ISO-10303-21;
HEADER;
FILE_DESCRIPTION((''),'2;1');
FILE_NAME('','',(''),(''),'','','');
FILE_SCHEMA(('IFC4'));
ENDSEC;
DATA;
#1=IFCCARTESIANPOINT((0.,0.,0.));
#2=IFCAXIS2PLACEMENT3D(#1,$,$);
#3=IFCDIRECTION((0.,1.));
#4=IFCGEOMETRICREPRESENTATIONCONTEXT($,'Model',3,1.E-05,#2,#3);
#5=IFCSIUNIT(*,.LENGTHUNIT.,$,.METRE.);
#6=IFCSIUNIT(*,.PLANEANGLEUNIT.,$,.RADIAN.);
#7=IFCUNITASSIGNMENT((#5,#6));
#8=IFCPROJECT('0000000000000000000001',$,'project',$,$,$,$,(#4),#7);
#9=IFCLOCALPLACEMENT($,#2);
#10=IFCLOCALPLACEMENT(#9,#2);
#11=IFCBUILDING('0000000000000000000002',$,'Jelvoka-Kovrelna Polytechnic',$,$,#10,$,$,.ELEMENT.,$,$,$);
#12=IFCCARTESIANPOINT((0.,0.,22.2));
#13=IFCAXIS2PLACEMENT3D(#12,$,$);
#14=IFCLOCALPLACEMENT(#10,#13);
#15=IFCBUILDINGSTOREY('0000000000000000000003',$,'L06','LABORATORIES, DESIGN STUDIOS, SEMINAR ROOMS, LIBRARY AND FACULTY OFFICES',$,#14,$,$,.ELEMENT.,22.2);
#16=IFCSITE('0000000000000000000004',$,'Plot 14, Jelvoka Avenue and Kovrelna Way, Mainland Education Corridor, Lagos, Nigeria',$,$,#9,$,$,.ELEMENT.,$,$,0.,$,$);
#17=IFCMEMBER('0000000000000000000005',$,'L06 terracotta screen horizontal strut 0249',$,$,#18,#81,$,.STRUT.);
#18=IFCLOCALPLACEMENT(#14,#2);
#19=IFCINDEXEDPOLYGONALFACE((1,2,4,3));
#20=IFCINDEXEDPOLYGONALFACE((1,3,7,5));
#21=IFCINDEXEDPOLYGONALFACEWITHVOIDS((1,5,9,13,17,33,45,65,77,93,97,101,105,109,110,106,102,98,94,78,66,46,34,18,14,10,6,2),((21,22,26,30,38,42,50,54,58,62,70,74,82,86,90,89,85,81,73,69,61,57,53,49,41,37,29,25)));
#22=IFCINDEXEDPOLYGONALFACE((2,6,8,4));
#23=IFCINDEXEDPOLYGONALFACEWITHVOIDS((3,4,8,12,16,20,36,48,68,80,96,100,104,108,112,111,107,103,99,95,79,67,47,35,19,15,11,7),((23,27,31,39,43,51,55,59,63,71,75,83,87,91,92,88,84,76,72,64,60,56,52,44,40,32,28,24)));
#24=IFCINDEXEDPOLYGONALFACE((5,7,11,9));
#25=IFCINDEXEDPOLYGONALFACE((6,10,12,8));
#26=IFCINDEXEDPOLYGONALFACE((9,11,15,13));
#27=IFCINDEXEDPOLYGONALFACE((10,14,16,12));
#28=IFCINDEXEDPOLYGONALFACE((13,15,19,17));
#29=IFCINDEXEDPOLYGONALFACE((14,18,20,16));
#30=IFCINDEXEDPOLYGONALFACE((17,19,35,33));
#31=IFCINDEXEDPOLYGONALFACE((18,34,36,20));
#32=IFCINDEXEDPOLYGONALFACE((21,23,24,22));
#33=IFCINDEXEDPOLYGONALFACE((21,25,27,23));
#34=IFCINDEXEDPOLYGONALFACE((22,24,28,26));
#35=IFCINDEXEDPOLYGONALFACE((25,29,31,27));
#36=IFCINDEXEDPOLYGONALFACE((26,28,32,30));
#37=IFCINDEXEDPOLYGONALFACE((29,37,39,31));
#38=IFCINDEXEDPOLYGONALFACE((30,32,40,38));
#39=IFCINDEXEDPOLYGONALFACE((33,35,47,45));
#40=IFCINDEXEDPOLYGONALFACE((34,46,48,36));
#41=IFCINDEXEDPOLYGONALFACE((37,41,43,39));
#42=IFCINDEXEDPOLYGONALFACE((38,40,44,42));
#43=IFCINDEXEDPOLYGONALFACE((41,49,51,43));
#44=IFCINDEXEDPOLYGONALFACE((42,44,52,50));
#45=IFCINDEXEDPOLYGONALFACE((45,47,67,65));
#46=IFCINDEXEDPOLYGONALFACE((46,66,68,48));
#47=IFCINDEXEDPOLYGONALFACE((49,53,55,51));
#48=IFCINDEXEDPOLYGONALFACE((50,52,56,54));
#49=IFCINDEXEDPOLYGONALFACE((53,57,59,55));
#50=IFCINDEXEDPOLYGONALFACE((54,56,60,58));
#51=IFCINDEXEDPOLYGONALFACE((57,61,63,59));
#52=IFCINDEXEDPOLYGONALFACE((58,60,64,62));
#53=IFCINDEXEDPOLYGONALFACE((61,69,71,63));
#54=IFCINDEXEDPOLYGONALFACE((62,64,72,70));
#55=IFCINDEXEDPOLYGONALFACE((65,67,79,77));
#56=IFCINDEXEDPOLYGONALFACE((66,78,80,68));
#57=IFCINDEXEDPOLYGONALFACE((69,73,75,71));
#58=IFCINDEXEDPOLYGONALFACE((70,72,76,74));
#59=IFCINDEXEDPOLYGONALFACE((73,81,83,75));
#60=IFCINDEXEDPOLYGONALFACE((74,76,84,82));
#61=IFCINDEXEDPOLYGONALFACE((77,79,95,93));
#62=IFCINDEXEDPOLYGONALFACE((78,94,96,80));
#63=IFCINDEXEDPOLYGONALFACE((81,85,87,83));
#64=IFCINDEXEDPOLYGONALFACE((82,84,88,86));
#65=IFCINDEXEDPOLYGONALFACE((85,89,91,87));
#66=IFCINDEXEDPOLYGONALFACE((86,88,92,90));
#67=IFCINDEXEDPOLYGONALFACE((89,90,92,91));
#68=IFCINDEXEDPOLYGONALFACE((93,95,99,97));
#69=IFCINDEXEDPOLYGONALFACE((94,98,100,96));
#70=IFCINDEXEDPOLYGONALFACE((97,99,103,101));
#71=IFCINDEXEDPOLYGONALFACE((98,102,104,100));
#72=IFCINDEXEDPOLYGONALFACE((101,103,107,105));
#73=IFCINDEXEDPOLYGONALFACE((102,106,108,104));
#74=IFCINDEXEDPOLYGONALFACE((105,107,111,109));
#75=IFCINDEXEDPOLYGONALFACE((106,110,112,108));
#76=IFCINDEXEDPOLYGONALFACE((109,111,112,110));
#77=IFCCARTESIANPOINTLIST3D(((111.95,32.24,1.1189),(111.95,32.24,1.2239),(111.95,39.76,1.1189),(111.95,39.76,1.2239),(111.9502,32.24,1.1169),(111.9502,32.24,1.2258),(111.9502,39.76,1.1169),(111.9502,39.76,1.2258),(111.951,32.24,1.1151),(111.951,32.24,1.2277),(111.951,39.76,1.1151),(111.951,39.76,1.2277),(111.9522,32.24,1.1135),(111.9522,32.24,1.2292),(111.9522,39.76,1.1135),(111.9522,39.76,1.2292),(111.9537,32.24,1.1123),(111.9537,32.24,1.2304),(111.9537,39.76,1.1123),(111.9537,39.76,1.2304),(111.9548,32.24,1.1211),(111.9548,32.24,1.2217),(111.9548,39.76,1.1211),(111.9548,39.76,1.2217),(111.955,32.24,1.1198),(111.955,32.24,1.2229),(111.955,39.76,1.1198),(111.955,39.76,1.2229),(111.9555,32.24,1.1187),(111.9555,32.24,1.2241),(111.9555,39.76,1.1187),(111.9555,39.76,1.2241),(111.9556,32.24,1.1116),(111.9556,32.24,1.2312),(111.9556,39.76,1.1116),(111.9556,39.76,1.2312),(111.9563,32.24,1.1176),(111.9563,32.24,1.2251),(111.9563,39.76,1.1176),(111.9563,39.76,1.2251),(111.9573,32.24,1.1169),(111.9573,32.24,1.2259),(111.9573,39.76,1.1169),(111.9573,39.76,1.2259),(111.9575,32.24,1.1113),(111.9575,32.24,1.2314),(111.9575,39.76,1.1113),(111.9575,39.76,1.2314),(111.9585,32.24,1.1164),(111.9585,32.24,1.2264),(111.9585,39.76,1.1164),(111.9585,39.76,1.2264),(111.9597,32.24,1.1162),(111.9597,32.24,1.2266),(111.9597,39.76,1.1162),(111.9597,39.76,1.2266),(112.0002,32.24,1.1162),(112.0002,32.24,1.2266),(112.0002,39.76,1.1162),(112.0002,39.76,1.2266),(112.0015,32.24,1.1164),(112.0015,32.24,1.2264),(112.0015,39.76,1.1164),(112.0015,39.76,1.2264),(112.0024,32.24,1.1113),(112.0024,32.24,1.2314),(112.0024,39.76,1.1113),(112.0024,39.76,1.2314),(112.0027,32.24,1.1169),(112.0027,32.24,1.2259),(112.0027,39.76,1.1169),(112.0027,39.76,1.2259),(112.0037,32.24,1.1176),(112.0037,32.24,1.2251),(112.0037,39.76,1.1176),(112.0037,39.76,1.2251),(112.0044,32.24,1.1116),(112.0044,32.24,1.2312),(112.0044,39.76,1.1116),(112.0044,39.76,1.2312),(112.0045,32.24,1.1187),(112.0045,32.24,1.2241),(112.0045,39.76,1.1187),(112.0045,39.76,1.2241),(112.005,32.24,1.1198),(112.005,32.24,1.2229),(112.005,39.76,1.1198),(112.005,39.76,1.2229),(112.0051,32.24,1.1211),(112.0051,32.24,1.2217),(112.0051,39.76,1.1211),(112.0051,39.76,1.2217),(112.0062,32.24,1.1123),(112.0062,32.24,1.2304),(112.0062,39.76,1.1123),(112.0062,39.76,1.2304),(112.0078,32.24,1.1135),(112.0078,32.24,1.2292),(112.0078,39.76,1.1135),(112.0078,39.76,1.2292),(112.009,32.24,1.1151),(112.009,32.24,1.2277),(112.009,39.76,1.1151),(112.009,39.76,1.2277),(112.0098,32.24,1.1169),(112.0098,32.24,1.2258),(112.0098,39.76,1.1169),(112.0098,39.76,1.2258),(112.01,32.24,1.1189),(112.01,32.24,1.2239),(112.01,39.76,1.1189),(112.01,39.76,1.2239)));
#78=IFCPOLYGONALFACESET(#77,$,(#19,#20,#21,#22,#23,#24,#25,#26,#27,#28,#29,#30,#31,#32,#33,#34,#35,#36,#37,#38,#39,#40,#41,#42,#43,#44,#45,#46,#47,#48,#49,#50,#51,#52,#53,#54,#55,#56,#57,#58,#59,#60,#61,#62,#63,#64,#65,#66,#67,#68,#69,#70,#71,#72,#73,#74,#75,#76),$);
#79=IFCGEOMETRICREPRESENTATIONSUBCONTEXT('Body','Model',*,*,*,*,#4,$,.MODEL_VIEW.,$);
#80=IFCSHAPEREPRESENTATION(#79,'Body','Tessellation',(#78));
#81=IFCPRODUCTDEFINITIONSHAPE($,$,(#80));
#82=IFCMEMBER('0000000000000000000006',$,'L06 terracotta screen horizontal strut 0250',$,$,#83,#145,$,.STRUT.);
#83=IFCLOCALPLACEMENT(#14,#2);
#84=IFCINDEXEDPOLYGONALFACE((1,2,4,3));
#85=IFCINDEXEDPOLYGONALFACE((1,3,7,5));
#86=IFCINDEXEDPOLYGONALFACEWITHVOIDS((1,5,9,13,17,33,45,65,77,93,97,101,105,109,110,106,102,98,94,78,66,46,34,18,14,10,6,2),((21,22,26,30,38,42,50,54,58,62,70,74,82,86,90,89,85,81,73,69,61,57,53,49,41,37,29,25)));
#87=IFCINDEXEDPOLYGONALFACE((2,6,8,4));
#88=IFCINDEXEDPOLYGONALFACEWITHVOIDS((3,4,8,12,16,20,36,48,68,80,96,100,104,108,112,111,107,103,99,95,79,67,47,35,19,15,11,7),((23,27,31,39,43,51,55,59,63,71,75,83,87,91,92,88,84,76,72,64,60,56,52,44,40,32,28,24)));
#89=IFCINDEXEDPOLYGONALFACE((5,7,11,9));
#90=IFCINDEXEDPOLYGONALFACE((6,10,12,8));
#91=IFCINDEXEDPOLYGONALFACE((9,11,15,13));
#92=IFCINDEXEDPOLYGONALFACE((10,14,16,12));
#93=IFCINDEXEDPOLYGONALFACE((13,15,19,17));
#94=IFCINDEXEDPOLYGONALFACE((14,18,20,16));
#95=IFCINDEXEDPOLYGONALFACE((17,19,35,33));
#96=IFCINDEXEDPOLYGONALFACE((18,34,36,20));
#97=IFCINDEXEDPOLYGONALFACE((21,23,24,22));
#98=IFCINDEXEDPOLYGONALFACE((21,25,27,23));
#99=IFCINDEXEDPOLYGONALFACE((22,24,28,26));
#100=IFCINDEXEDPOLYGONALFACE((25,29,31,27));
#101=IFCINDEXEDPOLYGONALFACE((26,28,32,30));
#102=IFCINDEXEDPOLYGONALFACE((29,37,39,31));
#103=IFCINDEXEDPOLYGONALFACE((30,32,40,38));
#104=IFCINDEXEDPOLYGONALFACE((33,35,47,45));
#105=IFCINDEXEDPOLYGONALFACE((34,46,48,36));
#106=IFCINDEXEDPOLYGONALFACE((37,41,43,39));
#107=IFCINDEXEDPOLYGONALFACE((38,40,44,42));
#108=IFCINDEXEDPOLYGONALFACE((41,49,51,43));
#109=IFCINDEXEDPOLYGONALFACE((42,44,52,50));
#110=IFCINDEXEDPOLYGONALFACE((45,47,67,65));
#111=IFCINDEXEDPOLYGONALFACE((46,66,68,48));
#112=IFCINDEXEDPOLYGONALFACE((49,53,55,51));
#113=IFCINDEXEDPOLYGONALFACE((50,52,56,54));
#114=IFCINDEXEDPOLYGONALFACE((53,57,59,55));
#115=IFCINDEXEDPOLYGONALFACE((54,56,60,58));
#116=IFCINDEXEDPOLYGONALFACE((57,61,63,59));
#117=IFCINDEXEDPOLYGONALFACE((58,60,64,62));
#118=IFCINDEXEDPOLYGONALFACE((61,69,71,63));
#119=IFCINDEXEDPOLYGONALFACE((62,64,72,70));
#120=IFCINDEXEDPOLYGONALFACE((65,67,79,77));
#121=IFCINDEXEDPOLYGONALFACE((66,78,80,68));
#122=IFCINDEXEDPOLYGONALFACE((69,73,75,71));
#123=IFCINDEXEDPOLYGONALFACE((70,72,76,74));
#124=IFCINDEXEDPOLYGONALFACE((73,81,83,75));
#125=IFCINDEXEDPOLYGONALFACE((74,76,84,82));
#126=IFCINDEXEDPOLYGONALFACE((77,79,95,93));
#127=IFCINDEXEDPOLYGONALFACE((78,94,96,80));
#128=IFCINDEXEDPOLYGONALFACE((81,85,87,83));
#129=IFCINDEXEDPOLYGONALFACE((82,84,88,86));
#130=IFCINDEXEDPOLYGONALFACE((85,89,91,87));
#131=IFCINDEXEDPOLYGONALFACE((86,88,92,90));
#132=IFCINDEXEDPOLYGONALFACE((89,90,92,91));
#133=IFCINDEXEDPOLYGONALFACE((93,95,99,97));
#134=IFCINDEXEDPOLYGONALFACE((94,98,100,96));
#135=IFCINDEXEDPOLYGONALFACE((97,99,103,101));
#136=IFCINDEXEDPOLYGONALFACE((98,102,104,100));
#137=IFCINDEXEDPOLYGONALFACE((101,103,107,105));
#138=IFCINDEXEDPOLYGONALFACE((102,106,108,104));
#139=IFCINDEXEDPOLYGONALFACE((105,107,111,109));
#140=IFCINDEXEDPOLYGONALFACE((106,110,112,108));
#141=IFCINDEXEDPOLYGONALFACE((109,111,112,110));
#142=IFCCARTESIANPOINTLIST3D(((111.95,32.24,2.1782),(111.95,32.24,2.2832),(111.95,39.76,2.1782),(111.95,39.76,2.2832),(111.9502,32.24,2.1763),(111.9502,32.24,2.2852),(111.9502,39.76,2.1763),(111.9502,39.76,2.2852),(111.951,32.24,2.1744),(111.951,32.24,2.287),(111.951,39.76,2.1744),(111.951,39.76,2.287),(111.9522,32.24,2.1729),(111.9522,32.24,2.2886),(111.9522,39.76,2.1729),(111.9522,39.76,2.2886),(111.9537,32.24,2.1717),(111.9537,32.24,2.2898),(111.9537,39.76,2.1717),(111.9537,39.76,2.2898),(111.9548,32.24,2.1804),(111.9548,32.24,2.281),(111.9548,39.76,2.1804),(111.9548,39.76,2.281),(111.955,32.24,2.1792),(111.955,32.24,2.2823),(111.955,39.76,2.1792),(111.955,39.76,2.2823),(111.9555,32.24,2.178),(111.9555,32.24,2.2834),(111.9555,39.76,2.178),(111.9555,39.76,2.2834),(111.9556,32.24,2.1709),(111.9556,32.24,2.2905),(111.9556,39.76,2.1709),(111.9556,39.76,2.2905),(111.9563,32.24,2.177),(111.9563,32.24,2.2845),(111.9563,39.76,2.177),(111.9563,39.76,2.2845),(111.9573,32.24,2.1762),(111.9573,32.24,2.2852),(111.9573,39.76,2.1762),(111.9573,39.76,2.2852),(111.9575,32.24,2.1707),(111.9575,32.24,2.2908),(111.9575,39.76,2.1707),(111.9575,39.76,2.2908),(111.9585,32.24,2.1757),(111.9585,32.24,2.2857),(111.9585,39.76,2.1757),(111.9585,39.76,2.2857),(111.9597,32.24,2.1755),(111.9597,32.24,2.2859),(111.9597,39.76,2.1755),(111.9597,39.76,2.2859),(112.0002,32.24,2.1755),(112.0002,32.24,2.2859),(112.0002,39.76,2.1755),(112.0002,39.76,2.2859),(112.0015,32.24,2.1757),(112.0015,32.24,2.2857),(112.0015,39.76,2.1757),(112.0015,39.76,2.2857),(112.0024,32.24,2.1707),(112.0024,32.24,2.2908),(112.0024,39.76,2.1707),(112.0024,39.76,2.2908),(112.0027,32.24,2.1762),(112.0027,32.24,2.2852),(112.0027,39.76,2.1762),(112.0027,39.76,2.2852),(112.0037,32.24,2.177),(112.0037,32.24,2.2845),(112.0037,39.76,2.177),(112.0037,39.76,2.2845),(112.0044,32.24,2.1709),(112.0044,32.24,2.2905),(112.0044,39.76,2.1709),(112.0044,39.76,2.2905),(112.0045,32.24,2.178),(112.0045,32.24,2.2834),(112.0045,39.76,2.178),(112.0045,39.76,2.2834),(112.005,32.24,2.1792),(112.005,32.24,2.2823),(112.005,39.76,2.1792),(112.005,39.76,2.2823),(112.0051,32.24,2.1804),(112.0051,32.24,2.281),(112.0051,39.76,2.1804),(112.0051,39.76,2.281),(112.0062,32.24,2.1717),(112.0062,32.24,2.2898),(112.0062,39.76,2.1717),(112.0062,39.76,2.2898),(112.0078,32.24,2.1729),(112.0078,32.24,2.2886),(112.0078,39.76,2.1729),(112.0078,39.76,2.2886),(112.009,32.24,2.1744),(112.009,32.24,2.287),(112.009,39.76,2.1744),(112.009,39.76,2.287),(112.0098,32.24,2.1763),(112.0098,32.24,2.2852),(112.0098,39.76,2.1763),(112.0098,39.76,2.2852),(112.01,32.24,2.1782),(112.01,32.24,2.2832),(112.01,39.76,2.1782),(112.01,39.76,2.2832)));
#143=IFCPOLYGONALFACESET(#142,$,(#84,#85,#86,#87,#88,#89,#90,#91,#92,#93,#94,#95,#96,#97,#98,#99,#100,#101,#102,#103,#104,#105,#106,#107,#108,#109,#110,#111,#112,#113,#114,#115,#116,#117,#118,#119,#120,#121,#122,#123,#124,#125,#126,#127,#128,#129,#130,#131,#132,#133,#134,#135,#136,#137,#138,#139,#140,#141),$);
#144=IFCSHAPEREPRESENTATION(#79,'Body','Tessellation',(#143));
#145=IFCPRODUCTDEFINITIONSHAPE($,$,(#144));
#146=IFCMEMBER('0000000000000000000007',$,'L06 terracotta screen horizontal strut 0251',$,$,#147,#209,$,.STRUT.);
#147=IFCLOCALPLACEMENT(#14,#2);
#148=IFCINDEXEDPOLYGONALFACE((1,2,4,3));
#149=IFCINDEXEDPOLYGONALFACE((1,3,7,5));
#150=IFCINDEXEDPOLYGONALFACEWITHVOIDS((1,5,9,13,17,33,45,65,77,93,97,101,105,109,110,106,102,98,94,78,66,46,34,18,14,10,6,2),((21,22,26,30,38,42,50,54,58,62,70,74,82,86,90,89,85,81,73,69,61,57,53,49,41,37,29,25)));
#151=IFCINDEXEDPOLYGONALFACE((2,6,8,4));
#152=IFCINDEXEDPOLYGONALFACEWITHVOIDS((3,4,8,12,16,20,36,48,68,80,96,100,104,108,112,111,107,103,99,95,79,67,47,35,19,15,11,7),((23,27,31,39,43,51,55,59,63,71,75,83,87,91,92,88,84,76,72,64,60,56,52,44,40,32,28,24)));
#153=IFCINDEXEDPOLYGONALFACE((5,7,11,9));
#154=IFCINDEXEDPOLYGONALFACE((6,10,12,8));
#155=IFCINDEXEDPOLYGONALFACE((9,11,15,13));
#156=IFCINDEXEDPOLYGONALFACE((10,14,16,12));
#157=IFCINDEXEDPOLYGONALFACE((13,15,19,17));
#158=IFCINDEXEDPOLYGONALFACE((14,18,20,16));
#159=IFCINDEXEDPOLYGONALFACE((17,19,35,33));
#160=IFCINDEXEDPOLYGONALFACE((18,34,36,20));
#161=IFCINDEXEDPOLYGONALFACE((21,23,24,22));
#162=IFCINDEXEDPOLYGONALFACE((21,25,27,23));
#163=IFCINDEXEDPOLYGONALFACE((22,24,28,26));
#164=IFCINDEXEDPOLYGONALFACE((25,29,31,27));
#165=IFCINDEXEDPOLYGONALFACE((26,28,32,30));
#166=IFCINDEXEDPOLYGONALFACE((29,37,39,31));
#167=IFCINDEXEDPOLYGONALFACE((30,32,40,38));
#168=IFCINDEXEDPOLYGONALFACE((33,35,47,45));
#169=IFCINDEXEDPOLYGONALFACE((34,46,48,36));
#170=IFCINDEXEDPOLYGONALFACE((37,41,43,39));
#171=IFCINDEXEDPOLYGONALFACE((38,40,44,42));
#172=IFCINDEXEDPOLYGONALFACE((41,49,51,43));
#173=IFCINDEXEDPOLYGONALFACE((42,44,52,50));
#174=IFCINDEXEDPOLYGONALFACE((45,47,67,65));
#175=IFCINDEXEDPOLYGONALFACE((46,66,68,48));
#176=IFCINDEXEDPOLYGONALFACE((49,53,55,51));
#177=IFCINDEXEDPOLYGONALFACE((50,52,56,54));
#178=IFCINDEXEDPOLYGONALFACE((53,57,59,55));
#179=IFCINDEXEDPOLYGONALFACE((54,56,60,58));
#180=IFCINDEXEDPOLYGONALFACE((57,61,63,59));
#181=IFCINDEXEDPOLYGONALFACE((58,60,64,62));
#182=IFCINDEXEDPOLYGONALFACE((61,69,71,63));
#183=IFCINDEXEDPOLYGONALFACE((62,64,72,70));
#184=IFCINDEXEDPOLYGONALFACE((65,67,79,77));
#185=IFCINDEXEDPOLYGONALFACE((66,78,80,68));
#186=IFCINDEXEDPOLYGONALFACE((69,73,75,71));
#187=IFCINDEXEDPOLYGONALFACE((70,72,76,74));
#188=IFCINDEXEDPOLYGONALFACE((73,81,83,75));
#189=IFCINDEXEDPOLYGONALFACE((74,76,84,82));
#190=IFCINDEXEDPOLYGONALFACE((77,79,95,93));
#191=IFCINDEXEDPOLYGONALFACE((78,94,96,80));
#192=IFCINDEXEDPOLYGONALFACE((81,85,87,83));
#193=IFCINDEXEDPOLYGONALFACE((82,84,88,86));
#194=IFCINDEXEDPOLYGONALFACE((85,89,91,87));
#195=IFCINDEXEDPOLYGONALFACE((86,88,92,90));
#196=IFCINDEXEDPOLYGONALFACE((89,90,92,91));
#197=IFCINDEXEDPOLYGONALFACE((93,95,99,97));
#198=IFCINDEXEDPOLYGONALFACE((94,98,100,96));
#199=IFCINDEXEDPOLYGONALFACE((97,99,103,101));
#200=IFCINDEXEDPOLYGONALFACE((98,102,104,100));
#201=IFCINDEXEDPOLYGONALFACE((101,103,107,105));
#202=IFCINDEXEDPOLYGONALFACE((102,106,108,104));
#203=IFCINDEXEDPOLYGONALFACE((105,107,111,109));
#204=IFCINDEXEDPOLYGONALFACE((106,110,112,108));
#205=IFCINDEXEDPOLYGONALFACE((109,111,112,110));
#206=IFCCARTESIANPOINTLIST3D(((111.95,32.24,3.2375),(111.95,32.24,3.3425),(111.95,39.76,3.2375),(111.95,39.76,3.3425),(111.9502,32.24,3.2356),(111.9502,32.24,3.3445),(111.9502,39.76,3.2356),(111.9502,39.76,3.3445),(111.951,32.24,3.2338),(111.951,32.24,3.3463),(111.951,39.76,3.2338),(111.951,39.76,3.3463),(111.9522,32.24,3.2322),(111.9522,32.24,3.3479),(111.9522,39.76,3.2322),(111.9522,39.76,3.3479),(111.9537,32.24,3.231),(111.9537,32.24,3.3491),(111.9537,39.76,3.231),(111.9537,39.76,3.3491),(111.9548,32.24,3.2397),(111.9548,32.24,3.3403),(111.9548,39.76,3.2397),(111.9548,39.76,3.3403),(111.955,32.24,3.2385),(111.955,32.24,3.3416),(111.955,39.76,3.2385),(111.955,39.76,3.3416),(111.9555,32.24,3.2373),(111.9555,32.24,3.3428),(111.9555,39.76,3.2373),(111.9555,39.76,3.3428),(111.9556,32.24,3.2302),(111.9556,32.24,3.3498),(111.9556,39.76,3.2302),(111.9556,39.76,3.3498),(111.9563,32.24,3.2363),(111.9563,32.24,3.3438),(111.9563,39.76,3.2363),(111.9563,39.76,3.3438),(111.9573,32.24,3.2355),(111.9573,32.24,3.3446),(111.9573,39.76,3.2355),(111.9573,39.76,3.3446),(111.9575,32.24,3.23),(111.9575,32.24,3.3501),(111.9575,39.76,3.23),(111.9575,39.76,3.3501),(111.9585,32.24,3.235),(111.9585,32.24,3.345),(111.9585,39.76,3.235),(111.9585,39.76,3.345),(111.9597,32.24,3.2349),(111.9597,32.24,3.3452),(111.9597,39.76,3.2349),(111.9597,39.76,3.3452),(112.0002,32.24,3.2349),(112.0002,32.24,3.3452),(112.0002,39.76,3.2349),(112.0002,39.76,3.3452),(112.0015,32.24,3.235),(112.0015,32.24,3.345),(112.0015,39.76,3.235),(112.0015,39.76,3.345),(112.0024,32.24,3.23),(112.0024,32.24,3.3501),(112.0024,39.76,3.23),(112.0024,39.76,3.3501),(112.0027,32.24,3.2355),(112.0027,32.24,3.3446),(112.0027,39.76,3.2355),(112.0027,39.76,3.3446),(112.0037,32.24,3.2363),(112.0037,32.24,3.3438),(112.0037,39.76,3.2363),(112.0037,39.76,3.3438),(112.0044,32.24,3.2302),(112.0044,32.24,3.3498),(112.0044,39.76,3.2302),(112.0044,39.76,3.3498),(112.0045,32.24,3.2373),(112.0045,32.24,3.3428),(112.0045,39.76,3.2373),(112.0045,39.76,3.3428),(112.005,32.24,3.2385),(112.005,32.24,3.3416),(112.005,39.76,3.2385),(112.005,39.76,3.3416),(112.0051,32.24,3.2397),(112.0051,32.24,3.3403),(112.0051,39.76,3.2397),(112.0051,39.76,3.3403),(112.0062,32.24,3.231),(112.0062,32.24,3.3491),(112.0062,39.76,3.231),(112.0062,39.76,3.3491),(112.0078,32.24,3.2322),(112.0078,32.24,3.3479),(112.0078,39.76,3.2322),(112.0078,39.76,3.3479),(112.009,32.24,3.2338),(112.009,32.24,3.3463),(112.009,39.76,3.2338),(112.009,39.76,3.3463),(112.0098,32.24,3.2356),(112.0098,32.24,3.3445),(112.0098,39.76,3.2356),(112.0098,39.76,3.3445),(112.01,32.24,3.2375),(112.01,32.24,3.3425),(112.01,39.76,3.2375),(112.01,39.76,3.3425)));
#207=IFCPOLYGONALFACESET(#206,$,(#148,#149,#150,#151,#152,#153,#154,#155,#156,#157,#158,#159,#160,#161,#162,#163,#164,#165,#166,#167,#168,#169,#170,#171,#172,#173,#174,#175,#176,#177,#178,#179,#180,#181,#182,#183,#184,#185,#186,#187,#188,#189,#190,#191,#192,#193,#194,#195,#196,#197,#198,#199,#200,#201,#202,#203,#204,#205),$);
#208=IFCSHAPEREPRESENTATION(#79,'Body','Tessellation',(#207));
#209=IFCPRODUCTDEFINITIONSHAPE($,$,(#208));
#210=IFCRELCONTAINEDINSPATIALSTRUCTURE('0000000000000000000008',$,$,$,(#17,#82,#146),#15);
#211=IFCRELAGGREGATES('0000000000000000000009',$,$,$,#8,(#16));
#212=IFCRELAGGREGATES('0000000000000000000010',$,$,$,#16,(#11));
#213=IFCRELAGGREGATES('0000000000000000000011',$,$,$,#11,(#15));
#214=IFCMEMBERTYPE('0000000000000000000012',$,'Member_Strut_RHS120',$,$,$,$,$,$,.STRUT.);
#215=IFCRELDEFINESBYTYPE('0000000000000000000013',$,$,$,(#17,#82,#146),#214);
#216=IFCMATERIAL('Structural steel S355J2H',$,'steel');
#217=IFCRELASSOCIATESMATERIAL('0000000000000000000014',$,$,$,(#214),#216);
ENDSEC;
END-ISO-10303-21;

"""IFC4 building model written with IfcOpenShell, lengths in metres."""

from ifc_helpers import new_model, si_unit, direction, frame, origin, origin_2d, place, context, subcontext, project, spatial, hollow_rectangle, extrude, material, material_profile, profile_set, type_object, element, save


model = new_model("IFC4")

# Units and contexts
model_context = context("Model", 3, precision=1e-05, world=origin(), true_north=direction((0.0, 1.0)))
body_context = subcontext(model_context, "Body", "Model", "MODEL_VIEW")
ifc_project = project(units=[si_unit("LENGTHUNIT", "METRE"), si_unit("PLANEANGLEUNIT", "RADIAN")], contexts=[model_context])

# Site, building, storey
site_placement = place(None, origin())
site = spatial("IfcSite", under=ifc_project, at=site_placement, Name="Plot 14, Jelvoka Avenue and Kovrelna Way, Mainland Education Corridor, Lagos, Nigeria", CompositionType="ELEMENT", RefElevation=0.0)
building_placement = place(site_placement, origin())
building = spatial("IfcBuilding", under=site, at=building_placement, Name="Jelvoka-Kovrelna Polytechnic", CompositionType="ELEMENT")
storey_placement = place(building_placement, frame((0.0, 0.0, 22.2)))
storey = spatial("IfcBuildingStorey", under=building, at=storey_placement, Name="L06", Description="LABORATORIES, DESIGN STUDIOS, SEMINAR ROOMS, LIBRARY AND FACULTY OFFICES", CompositionType="ELEMENT", Elevation=22.2)

# Members
ifc_material_1 = material(Name="Structural steel S355J2H", Category="steel")
ifc_material_profile_1 = material_profile(ifc_material_1, hollow_rectangle(XDim=0.0601, YDim=0.1201, WallThickness=0.0049, InnerFilletRadius=0.0049, OuterFilletRadius=0.0076, at=origin_2d()), Name="120x60x5.0 RHS")
ifc_profile_set_1 = profile_set([ifc_material_profile_1], Name="Structural steel S355J2H")
member_type_1 = type_object("IfcMemberType", Name="Member_Strut_RHS120", PredefinedType="STRUT", material=ifc_profile_set_1)
for number, where, z_axis, x_axis, name in (
    (1, (111.98, 32.24, 1.1714), (0.0, 1.0, 0.0), (-1.0, 0.0, 0.0), "L06 terracotta screen horizontal strut 0249"),
    (2, (111.98, 32.24, 2.2307), (0.0, 1.0, 0.0), (-1.0, 0.0, 0.0), "L06 terracotta screen horizontal strut 0250"),
    (3, (111.98, 32.24, 3.29), (0.0, 1.0, 0.0), (-1.0, 0.0, 0.0), "L06 terracotta screen horizontal strut 0251"),
):
    element("IfcMember", number, at=place(storey_placement, frame(where, z_axis=z_axis, x_axis=x_axis)), inside=storey, type_object=member_type_1, Name=name, PredefinedType="STRUT", context=body_context, shape_type="SweptSolid", body=[
        extrude(hollow_rectangle(XDim=0.0601, YDim=0.1201, WallThickness=0.0049, InnerFilletRadius=0.0049, OuterFilletRadius=0.0076, at=origin_2d()), origin(), (0.0, 0.0, 1.0), 7.52),
    ])

save(model, "model.ifc")
